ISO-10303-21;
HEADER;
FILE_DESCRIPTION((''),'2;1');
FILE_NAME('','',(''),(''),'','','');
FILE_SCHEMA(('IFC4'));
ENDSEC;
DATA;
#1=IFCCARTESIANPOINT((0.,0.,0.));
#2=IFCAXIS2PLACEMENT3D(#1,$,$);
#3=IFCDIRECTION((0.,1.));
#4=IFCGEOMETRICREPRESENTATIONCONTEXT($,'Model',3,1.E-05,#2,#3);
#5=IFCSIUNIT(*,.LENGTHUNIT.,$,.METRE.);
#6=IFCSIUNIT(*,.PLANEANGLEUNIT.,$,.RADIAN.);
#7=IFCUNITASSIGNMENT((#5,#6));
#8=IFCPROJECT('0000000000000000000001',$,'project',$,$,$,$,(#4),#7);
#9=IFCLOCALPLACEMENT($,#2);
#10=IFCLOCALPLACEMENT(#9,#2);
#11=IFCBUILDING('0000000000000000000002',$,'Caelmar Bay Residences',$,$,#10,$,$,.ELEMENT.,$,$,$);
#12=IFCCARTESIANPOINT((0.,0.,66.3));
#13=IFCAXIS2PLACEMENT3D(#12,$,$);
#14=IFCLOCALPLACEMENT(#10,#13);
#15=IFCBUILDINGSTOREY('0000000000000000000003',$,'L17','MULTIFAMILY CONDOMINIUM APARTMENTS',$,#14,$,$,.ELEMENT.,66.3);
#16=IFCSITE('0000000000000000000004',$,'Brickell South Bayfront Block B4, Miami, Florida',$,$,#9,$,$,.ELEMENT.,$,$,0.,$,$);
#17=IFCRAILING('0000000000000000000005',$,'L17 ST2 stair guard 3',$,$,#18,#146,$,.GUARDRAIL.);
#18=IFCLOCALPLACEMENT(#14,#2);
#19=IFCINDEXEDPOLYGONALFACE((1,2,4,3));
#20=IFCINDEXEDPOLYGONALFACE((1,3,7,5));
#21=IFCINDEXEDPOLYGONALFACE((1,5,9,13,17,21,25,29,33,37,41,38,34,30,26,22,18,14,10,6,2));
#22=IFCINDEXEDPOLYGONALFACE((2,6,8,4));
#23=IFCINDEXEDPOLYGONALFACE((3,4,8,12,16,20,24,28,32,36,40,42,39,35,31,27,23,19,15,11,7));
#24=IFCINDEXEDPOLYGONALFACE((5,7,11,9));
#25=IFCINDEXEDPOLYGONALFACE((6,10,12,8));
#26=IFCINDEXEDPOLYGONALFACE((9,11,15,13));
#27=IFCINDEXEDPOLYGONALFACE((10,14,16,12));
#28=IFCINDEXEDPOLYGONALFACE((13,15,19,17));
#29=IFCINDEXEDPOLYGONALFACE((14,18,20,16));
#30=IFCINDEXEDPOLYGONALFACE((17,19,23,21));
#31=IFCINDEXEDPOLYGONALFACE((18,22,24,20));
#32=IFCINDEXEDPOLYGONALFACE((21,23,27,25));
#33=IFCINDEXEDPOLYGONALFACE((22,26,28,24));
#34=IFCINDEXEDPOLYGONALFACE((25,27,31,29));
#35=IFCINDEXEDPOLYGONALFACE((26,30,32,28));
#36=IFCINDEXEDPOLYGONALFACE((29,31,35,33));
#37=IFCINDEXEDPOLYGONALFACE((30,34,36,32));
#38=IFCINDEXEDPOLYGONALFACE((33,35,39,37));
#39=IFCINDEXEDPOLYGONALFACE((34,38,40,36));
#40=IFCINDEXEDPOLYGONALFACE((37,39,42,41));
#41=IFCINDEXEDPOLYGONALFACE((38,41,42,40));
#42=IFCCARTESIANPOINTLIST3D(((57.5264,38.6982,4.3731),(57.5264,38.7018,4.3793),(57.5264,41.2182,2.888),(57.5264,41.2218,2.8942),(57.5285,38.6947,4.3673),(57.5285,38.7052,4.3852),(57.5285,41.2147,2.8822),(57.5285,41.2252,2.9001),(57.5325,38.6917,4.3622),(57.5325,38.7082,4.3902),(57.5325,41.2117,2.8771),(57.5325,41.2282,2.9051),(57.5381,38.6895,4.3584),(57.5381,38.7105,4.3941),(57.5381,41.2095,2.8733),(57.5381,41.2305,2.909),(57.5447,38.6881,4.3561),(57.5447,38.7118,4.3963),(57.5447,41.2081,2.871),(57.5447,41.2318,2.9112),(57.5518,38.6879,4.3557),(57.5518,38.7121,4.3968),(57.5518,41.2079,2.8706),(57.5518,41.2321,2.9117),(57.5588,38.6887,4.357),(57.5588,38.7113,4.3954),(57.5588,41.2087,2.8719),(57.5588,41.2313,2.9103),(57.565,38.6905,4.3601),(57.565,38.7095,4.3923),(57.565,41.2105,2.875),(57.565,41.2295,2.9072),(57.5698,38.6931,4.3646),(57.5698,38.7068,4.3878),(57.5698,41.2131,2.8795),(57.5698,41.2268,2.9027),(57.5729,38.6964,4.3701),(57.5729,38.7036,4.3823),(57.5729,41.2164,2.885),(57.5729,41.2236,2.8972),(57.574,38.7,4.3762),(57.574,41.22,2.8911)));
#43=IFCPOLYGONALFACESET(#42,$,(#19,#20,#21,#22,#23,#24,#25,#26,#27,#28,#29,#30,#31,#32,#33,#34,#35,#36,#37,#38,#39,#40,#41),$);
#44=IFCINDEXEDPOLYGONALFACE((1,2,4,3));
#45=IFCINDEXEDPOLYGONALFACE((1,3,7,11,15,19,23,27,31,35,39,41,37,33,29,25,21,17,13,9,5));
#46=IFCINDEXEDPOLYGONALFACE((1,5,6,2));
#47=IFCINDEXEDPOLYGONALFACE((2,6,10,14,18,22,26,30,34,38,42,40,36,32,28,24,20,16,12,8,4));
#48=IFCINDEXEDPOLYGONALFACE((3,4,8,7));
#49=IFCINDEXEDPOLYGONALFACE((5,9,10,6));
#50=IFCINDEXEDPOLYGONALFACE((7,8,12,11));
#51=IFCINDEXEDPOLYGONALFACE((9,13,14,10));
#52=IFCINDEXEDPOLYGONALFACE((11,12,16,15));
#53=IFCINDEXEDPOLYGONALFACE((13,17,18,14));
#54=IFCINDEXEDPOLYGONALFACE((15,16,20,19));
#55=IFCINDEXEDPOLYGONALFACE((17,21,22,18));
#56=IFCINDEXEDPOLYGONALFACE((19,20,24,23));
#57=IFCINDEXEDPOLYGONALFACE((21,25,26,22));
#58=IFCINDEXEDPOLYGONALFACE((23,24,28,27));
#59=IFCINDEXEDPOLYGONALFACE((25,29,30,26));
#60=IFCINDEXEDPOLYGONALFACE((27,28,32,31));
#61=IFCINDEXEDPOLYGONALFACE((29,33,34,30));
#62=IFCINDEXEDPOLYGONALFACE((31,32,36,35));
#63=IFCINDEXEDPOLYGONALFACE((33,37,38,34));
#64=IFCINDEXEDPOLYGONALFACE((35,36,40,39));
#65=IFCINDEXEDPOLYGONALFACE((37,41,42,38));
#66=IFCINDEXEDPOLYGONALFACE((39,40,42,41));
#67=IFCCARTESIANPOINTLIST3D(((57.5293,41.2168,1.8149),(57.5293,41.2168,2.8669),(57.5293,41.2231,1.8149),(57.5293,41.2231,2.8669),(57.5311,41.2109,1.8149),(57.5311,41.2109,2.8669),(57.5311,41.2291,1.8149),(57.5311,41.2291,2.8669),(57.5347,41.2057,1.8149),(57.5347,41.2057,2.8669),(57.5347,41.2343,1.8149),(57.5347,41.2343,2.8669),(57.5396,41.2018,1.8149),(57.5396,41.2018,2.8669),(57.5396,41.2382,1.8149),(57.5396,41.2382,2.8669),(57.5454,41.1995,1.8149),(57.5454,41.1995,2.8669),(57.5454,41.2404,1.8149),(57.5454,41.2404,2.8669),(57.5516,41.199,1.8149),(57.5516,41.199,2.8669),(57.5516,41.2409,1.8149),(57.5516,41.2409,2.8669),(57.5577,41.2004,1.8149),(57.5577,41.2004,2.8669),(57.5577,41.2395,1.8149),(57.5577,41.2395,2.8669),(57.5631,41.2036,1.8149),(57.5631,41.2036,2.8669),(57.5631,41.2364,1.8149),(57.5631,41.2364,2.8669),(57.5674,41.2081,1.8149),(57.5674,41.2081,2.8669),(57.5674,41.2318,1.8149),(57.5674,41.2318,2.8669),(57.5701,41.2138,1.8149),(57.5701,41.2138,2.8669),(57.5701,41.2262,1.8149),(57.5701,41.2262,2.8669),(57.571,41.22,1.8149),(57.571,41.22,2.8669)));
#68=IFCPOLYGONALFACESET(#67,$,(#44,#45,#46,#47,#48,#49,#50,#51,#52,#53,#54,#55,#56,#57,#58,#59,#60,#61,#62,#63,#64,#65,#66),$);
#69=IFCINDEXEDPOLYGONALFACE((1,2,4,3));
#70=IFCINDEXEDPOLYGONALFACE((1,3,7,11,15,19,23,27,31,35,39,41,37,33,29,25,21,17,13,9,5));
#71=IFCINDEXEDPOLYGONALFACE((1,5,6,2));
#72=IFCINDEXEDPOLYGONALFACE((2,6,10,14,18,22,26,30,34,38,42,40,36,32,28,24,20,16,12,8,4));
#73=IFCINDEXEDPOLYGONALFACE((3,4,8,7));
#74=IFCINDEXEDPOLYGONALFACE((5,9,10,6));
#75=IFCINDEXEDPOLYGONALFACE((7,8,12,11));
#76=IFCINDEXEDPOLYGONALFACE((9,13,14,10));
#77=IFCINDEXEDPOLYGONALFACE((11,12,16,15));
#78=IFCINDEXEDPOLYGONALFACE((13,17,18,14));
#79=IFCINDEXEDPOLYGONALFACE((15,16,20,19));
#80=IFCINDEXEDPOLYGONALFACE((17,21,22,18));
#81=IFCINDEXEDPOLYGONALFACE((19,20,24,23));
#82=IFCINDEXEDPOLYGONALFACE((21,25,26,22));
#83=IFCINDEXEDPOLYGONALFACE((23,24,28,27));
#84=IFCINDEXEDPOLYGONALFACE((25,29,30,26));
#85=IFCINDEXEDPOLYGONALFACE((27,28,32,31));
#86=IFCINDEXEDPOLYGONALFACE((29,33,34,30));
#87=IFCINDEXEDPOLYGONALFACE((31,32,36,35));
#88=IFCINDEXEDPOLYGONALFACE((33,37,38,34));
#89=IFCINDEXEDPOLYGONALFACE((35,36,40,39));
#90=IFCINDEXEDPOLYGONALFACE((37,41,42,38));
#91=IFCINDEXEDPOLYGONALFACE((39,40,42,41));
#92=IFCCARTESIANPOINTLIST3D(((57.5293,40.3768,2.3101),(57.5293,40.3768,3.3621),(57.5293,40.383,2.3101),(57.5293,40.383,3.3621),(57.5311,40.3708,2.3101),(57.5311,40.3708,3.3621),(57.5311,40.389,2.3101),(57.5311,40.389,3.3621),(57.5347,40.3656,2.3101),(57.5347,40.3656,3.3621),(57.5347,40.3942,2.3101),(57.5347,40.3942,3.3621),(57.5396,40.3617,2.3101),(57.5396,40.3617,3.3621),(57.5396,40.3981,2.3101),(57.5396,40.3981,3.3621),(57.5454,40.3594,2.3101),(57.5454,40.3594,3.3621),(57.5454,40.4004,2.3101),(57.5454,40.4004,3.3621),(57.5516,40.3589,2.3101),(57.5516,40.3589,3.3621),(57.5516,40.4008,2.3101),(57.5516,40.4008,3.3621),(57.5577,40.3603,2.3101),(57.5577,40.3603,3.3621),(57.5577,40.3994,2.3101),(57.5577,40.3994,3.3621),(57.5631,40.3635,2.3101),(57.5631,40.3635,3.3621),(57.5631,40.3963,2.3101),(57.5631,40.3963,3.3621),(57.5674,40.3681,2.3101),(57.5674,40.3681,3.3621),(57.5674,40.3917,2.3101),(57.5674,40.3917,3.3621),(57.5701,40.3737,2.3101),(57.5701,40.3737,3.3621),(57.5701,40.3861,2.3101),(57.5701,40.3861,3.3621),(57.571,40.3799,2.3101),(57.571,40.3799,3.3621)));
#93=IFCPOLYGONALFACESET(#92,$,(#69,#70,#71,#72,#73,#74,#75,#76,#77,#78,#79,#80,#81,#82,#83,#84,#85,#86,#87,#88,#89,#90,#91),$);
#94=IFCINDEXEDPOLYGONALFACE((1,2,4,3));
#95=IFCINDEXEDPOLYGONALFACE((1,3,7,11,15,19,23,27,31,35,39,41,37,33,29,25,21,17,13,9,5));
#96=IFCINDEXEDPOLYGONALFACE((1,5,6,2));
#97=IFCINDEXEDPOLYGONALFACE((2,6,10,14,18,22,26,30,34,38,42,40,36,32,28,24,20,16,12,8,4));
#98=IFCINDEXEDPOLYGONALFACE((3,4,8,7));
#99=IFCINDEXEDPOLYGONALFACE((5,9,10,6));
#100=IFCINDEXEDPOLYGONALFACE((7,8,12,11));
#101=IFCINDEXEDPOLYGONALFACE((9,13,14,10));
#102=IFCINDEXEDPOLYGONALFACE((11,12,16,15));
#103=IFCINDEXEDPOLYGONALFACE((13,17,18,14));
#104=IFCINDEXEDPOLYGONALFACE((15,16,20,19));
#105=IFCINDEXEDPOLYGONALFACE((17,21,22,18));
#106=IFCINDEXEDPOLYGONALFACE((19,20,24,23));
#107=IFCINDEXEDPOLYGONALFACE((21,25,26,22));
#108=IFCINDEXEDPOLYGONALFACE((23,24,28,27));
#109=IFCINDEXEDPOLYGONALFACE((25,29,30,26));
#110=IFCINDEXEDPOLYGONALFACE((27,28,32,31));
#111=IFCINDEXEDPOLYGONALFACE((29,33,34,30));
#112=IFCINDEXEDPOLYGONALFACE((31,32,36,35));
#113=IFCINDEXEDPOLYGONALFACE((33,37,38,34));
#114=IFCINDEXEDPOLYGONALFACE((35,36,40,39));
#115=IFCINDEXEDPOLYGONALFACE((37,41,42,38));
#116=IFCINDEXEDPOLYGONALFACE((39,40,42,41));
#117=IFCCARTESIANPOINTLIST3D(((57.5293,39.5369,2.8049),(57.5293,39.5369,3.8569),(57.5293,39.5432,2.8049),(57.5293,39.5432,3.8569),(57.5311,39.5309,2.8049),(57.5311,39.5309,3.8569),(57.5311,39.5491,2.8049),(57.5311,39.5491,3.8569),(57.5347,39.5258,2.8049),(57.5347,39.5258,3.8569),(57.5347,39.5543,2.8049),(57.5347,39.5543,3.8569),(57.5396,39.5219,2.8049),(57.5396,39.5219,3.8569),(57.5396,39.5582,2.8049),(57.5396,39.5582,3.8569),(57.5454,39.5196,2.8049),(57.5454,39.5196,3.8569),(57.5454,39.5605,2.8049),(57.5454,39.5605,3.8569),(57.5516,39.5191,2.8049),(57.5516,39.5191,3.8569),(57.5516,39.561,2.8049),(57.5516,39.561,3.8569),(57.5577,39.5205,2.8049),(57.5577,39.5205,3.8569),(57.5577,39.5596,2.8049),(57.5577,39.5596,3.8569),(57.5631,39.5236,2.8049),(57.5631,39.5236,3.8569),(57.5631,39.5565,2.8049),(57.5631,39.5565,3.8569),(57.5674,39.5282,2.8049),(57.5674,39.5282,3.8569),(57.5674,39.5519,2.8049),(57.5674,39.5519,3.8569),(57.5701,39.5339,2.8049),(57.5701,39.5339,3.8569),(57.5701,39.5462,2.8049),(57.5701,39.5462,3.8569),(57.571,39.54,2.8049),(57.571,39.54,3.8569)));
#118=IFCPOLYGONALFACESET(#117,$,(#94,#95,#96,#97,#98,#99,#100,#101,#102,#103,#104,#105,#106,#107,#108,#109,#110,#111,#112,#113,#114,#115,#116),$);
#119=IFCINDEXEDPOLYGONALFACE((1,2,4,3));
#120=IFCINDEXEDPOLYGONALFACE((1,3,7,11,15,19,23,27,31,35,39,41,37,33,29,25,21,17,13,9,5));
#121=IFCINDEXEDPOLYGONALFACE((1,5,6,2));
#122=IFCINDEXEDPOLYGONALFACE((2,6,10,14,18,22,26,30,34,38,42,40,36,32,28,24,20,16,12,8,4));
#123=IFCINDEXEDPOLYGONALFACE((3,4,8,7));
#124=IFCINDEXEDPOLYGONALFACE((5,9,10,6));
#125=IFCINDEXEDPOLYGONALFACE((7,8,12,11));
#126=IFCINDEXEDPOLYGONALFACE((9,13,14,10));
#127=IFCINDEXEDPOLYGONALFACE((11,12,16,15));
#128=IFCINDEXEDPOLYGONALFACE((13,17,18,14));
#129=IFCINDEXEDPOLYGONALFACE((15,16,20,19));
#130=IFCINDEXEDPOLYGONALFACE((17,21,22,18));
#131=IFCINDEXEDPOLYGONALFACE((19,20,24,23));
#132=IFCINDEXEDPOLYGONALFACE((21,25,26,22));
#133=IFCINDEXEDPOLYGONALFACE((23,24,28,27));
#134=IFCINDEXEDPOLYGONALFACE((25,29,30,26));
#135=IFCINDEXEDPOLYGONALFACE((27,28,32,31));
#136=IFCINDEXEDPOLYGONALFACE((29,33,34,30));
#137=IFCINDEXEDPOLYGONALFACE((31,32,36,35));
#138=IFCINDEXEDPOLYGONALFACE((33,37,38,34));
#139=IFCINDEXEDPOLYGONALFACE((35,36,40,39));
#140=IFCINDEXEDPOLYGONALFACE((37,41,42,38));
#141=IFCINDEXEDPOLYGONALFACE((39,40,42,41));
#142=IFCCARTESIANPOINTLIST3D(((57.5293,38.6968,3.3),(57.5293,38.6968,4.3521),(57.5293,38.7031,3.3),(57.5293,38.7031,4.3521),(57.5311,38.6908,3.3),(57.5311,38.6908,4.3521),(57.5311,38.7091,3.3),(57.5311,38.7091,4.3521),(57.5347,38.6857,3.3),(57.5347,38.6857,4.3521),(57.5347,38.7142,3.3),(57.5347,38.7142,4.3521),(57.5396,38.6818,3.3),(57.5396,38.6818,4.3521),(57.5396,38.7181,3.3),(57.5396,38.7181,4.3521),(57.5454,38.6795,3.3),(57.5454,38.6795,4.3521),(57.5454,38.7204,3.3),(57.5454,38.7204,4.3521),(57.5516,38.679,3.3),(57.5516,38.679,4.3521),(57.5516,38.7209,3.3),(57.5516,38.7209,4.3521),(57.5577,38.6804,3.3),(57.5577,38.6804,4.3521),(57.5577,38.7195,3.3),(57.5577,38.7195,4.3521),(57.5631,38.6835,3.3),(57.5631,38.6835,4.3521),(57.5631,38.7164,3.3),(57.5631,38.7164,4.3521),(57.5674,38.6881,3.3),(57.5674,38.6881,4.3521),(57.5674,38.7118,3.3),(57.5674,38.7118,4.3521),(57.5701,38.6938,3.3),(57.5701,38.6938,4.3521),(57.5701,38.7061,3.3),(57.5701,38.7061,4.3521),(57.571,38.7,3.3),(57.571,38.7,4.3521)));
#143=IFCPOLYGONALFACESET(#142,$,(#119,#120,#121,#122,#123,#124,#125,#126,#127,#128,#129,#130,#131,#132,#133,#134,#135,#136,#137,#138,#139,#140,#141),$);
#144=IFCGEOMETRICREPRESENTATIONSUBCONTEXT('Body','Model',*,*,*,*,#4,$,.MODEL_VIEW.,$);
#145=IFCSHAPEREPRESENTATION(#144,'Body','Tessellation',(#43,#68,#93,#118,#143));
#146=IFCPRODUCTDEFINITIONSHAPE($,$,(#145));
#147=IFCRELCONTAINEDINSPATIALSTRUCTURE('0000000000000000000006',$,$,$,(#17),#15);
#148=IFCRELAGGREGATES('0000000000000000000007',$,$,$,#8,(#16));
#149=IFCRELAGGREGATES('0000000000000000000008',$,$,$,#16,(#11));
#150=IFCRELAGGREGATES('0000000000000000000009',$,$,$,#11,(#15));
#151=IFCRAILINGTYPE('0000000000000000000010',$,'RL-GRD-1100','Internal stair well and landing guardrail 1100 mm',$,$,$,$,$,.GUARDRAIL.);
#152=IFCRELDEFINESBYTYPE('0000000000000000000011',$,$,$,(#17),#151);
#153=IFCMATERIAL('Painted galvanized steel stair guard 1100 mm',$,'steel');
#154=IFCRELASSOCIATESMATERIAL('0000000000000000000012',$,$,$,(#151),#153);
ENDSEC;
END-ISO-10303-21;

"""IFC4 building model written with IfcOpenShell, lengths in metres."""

from ifc_helpers import new_model, si_unit, direction, frame, origin, origin_2d, place, context, subcontext, project, spatial, circle, extrude, material, type_object, element, save


model = new_model("IFC4")

# Units and contexts
model_context = context("Model", 3, precision=1e-05, world=origin(), true_north=direction((0.0, 1.0)))
body_context = subcontext(model_context, "Body", "Model", "MODEL_VIEW")
ifc_project = project(units=[si_unit("LENGTHUNIT", "METRE"), si_unit("PLANEANGLEUNIT", "RADIAN")], contexts=[model_context])

# Site, building, storey
site_placement = place(None, origin())
site = spatial("IfcSite", under=ifc_project, at=site_placement, Name="Brickell South Bayfront Block B4, Miami, Florida", CompositionType="ELEMENT", RefElevation=0.0)
building_placement = place(site_placement, origin())
building = spatial("IfcBuilding", under=site, at=building_placement, Name="Caelmar Bay Residences", CompositionType="ELEMENT")
storey_placement = place(building_placement, frame((0.0, 0.0, 66.3)))
storey = spatial("IfcBuildingStorey", under=building, at=storey_placement, Name="L17", Description="MULTIFAMILY CONDOMINIUM APARTMENTS", CompositionType="ELEMENT", Elevation=66.3)

# Railing
ifc_material_1 = material(Name="Painted galvanized steel stair guard 1100 mm", Category="steel")
railing_type_1 = type_object("IfcRailingType", Name="RL-GRD-1100", Description="Internal stair well and landing guardrail 1100 mm", PredefinedType="GUARDRAIL", material=ifc_material_1)
railing_1_placement = place(storey_placement, frame((57.55, 41.22, 1.8149)))
element("IfcRailing", 1, at=railing_1_placement, inside=storey, type_object=railing_type_1, Name="L17 ST2 stair guard 3", PredefinedType="GUARDRAIL", context=body_context, shape_type="SweptSolid", body=[
    extrude(circle(Radius=0.0239, at=origin_2d()), frame((0.0, 0.0, 1.0762), z_axis=(0.0, -0.861524, 0.507717), x_axis=(1.0, 0.0, 0.0)), (0.0, 0.0, 1.0), 2.925),
    extrude(circle(Radius=0.021, at=origin_2d()), origin(), (0.0, 0.0, 1.0), 1.052),
    extrude(circle(Radius=0.021, at=origin_2d()), frame((0.0, -0.8401, 0.4951)), (0.0, 0.0, 1.0), 1.052),
    extrude(circle(Radius=0.021, at=origin_2d()), frame((0.0, -1.6799, 0.99)), (0.0, 0.0, 1.0), 1.052),
    extrude(circle(Radius=0.021, at=origin_2d()), frame((0.0, -2.52, 1.4851)), (0.0, 0.0, 1.0), 1.052),
])

save(model, "model.ifc")
